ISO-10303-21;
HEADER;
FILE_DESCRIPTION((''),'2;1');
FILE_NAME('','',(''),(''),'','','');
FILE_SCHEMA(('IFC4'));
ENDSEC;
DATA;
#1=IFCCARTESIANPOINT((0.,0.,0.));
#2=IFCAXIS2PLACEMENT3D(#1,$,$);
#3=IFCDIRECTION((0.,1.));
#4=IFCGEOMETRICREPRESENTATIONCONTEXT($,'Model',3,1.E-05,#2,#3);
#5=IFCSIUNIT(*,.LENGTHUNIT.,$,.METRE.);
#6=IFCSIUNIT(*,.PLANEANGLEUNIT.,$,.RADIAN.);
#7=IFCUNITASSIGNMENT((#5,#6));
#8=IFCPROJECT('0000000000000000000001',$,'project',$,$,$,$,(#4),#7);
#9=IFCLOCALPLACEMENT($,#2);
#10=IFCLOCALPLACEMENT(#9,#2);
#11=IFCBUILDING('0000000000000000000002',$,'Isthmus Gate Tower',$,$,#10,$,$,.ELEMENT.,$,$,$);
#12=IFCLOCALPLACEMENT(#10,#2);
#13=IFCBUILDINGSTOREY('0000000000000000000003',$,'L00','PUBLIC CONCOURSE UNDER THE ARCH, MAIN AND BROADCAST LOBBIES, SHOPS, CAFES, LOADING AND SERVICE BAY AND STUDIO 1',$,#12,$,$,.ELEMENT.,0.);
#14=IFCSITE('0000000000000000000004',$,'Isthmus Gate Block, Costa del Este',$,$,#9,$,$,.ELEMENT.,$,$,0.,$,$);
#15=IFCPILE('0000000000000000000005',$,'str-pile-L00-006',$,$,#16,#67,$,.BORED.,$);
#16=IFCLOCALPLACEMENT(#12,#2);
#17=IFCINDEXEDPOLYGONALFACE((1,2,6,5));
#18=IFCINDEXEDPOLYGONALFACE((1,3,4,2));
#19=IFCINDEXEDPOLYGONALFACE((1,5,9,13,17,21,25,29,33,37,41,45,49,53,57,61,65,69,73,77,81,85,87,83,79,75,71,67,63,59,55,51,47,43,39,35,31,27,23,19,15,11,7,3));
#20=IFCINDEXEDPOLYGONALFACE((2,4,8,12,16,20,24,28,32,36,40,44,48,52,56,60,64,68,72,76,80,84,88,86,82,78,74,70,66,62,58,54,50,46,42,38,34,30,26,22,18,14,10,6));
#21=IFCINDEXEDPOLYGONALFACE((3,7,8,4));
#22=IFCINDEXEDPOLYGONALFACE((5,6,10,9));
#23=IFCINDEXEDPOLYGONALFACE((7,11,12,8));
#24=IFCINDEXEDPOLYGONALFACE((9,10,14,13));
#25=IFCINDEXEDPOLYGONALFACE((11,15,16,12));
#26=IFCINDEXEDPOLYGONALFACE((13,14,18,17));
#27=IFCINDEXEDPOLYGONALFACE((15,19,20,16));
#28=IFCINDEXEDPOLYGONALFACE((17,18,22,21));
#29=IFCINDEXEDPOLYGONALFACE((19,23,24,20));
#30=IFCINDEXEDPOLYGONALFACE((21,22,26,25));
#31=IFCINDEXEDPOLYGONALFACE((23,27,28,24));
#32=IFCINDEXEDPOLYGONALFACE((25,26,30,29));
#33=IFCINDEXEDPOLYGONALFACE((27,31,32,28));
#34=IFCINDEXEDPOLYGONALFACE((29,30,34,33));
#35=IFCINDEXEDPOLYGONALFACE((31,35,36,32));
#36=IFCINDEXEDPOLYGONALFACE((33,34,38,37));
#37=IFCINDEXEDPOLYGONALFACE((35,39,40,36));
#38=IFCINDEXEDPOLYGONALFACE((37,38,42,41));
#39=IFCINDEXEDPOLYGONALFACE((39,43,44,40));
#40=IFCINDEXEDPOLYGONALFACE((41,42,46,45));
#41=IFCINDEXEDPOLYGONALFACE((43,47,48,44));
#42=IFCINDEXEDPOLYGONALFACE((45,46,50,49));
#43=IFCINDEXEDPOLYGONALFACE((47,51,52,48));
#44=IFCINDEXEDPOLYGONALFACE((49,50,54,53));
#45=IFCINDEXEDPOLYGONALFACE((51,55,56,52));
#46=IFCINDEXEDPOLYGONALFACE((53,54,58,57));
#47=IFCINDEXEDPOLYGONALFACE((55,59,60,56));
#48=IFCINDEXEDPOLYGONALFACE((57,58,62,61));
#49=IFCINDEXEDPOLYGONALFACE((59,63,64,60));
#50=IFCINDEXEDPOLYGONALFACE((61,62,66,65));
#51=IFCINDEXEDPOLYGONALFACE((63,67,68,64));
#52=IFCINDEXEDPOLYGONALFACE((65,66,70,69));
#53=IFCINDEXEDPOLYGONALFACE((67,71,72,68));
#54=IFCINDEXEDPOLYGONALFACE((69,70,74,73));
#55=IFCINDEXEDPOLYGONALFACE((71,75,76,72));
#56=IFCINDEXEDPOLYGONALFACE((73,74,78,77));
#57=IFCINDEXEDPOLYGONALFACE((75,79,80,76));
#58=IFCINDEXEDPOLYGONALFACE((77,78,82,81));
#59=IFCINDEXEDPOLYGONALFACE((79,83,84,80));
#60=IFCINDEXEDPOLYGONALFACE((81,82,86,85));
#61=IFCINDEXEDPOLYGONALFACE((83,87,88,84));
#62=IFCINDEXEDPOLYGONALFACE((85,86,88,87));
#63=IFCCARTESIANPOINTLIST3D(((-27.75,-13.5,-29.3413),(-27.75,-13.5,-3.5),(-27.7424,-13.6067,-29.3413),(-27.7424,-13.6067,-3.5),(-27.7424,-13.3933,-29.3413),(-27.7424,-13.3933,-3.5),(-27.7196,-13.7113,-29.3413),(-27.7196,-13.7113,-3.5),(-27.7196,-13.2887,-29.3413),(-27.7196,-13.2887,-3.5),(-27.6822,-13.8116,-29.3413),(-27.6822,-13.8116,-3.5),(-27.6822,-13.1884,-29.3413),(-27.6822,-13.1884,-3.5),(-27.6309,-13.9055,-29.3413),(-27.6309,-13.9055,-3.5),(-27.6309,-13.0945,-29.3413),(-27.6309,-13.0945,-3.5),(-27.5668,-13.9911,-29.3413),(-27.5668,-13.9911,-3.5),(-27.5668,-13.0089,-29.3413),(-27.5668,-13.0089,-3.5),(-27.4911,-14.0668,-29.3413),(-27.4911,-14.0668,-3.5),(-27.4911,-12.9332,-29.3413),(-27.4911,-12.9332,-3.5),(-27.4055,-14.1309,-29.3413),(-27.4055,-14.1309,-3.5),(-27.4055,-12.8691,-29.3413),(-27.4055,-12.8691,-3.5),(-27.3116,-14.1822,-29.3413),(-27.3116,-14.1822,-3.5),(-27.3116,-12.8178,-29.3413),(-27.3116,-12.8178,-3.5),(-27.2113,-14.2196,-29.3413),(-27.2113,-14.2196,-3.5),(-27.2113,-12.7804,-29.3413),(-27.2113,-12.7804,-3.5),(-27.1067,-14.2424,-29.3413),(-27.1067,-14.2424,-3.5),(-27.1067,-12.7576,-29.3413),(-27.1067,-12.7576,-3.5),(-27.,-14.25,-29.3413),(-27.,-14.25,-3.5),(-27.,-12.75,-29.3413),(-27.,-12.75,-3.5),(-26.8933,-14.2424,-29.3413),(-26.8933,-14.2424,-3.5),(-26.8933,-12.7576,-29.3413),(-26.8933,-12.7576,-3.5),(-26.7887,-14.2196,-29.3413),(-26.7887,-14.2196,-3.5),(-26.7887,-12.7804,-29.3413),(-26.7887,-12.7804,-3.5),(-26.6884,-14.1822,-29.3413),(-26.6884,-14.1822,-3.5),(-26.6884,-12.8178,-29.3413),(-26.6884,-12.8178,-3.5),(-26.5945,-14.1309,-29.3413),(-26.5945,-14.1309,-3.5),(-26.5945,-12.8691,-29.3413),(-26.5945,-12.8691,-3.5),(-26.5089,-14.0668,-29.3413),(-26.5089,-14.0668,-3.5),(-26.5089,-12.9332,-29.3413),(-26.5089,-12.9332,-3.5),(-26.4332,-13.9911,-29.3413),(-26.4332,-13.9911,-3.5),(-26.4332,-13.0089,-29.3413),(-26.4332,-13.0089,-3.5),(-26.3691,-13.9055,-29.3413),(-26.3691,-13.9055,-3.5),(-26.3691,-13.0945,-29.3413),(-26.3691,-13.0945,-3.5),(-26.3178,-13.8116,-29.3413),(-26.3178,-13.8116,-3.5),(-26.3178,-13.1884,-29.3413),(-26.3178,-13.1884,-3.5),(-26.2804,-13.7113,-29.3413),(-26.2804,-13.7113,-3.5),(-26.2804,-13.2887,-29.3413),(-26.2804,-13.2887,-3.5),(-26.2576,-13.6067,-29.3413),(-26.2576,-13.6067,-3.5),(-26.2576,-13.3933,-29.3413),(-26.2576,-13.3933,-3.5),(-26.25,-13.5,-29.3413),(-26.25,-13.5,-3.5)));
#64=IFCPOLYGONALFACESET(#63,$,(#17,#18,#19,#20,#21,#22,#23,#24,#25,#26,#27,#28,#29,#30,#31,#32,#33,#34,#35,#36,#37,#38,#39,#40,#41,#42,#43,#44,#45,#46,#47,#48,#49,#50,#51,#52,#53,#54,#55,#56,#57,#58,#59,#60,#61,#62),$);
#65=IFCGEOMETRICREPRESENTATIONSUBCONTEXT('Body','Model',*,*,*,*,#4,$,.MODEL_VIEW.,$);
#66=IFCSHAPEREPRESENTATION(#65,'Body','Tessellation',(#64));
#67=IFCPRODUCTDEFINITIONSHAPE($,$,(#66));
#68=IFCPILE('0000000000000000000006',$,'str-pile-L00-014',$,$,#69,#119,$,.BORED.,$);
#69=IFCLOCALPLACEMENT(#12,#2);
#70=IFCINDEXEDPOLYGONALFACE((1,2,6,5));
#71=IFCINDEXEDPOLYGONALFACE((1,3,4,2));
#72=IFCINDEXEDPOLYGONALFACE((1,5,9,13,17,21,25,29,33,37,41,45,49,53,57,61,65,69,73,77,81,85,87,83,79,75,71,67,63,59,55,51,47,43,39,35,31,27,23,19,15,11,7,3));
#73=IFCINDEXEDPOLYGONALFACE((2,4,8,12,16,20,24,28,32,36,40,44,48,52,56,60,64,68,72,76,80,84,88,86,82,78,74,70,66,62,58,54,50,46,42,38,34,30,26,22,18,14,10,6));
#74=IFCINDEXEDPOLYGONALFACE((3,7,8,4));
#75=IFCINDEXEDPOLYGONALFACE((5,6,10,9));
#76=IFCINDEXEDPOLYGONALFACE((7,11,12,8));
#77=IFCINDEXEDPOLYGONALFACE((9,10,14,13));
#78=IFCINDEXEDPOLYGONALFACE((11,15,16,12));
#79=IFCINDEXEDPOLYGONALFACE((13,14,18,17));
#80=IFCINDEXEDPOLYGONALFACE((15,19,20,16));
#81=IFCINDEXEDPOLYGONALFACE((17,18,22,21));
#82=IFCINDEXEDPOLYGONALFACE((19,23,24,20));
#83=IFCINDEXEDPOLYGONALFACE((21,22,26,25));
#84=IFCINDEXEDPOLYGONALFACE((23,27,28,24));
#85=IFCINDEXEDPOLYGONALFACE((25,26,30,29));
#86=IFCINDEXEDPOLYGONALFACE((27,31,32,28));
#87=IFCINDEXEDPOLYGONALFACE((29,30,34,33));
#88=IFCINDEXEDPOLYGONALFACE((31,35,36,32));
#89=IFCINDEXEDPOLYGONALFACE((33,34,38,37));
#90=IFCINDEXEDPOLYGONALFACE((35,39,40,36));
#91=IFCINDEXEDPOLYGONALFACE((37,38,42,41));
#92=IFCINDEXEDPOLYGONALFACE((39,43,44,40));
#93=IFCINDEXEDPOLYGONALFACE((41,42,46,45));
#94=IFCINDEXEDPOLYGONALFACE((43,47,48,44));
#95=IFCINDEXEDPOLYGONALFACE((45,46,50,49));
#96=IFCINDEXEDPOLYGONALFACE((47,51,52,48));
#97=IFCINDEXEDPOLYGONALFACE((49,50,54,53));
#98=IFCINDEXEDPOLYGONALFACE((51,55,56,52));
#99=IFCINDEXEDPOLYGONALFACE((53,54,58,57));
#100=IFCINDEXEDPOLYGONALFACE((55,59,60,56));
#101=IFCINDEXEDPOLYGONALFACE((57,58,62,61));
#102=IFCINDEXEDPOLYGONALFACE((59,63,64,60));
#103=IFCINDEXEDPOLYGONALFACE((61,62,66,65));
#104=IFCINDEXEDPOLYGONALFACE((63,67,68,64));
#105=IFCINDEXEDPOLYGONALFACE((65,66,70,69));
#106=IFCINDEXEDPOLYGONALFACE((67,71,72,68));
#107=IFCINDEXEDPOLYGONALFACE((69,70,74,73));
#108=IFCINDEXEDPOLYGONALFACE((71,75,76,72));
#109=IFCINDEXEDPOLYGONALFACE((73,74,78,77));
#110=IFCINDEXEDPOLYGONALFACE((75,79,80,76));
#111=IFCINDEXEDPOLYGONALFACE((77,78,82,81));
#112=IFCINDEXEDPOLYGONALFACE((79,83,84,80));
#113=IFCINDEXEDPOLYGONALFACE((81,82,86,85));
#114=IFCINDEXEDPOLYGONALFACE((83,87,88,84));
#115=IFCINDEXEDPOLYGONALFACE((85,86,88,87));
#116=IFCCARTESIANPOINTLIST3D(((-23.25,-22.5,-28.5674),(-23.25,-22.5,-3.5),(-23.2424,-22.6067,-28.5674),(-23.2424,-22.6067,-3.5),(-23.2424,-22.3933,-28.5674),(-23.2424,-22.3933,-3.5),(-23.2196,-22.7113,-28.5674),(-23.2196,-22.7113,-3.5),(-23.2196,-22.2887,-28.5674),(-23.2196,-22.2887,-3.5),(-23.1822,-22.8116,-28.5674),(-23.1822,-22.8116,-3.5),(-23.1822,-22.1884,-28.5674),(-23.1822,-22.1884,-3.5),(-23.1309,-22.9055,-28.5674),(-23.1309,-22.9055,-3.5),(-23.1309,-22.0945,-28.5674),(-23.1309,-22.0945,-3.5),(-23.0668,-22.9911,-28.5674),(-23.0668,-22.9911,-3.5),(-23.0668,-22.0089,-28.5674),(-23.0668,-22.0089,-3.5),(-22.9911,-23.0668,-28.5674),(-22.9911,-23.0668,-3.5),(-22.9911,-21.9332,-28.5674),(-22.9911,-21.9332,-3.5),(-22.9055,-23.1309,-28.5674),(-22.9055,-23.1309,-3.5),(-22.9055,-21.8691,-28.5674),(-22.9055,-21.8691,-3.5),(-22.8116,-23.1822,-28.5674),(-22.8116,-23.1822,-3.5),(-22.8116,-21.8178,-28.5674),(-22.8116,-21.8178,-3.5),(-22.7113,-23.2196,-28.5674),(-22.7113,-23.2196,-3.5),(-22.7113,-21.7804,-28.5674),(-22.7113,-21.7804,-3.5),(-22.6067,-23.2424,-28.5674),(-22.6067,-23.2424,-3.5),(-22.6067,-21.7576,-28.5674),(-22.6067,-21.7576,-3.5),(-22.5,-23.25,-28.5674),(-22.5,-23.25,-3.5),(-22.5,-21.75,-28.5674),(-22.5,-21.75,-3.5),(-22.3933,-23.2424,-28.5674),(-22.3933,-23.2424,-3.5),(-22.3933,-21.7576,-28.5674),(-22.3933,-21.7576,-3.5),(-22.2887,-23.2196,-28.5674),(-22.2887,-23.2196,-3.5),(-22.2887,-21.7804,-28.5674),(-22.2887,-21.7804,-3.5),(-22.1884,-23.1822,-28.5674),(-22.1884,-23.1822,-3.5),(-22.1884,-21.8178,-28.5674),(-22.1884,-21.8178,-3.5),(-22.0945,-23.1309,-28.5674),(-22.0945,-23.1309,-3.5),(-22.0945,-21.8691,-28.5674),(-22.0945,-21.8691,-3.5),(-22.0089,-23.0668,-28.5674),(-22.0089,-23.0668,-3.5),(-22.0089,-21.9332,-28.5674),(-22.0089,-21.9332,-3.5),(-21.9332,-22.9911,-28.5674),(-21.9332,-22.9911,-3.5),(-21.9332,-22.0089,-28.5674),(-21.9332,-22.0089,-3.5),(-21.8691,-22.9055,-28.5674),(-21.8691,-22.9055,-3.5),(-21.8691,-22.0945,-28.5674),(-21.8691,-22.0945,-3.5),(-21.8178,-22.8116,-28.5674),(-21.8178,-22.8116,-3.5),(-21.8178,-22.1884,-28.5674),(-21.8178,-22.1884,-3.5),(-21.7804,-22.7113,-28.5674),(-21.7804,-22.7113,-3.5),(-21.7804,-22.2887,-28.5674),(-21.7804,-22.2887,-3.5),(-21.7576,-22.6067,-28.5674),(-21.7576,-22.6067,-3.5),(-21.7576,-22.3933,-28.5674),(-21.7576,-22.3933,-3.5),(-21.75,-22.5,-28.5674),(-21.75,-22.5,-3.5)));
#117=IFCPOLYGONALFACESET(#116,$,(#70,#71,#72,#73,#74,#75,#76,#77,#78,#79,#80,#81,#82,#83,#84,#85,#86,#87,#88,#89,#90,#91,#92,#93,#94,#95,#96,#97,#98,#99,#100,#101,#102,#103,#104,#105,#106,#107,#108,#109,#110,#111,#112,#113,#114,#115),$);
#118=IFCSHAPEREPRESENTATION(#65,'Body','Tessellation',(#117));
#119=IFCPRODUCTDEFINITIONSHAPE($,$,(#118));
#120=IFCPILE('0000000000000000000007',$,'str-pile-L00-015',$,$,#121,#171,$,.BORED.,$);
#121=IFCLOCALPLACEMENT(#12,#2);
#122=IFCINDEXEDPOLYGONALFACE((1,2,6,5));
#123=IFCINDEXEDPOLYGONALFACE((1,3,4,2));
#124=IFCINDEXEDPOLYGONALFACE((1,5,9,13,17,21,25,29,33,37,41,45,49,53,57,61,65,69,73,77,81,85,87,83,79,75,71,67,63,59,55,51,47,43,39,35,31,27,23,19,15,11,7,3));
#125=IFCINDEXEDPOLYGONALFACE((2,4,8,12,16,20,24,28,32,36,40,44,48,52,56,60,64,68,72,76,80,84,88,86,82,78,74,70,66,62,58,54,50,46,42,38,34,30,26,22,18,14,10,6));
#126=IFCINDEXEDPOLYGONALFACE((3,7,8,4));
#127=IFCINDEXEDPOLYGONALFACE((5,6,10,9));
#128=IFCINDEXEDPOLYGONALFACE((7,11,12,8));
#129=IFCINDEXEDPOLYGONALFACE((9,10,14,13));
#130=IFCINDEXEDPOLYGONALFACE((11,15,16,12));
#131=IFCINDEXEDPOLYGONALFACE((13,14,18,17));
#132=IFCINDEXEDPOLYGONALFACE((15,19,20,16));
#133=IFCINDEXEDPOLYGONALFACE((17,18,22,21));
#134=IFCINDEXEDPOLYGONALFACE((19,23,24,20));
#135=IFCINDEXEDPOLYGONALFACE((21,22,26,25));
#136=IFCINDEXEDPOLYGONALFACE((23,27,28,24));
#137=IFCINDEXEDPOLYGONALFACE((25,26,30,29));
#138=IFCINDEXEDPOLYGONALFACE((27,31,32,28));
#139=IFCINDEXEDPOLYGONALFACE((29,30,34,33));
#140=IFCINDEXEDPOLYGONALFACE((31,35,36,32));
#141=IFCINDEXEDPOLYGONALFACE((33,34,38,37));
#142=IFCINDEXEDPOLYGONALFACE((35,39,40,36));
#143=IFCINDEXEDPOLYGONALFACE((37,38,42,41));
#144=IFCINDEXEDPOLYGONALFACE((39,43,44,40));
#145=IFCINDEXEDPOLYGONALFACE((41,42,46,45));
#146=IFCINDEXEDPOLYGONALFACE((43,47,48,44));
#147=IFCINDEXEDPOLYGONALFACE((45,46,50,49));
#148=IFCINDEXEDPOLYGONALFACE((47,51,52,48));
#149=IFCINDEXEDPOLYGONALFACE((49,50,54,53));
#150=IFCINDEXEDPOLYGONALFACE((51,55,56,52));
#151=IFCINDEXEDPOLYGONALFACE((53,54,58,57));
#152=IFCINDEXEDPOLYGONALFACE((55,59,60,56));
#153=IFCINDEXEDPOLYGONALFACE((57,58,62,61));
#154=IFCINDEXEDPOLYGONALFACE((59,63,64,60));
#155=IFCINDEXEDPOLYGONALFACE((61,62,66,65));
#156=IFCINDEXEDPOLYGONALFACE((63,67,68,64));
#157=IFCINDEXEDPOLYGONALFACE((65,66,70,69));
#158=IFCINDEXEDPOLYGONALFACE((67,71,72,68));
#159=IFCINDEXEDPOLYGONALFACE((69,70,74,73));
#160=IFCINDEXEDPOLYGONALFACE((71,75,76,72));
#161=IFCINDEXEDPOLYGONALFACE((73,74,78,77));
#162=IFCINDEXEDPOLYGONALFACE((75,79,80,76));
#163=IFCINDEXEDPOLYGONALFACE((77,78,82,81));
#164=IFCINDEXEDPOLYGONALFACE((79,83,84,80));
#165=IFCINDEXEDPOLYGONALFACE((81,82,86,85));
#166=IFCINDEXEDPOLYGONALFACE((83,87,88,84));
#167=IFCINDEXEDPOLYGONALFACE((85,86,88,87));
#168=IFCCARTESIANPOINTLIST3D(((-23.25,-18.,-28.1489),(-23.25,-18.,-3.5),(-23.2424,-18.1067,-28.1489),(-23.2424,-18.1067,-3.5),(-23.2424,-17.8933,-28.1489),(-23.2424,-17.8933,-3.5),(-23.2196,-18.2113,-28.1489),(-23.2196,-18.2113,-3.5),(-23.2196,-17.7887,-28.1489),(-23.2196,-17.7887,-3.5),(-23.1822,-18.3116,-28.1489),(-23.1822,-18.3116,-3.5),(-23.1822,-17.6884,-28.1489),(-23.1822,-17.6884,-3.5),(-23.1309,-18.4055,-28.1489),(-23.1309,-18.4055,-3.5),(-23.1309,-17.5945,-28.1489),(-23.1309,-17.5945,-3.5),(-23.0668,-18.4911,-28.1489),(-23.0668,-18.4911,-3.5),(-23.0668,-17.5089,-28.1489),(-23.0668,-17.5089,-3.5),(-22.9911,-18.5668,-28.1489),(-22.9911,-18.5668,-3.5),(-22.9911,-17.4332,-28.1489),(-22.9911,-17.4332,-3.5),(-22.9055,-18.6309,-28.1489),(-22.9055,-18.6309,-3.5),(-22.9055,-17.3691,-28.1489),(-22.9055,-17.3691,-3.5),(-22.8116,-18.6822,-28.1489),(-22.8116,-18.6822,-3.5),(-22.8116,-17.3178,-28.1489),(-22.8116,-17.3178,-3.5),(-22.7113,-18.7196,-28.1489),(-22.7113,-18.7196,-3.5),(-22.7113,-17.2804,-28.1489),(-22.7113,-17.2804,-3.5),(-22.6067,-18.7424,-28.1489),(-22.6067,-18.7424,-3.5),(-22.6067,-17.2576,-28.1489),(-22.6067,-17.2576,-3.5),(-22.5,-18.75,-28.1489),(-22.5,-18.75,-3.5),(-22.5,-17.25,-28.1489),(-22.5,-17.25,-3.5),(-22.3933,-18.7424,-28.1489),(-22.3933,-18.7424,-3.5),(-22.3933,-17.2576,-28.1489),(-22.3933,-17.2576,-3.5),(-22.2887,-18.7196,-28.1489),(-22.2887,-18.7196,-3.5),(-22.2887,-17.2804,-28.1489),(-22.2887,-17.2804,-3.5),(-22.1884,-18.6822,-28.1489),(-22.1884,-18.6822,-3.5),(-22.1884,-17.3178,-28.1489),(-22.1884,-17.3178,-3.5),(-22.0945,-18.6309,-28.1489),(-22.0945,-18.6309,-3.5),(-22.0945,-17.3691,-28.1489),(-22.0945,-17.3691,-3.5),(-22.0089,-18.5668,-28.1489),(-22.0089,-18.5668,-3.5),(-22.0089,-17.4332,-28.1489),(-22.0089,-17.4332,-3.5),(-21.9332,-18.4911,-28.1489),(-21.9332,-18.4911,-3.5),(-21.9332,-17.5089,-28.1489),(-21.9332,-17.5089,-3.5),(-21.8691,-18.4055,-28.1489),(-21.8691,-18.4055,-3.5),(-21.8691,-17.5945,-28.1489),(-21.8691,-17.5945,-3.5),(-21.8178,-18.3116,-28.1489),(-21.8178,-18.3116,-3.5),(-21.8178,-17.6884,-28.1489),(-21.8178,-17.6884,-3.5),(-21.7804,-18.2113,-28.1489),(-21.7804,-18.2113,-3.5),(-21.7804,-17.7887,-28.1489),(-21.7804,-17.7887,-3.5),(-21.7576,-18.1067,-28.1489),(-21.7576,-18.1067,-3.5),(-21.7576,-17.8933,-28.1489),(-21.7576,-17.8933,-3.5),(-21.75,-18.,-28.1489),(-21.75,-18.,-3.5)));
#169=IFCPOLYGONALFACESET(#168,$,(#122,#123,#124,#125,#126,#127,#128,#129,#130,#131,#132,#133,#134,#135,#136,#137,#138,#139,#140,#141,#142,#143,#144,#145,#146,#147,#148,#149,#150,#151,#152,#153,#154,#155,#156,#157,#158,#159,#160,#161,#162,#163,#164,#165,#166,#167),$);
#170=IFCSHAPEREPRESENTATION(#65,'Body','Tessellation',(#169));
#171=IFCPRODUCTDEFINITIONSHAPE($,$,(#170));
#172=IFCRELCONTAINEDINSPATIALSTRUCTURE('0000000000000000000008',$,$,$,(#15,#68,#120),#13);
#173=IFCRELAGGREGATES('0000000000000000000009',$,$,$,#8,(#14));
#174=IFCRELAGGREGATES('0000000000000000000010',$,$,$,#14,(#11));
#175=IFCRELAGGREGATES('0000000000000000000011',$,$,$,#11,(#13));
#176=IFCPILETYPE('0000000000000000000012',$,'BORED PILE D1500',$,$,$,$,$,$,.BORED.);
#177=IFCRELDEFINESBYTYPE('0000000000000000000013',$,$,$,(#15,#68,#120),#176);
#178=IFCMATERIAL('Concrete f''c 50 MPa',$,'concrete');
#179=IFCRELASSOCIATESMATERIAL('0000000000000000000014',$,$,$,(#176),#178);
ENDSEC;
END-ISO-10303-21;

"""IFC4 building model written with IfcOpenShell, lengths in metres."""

from ifc_helpers import new_model, si_unit, direction, frame, origin, origin_2d, place, context, subcontext, project, spatial, circle, extrude, material, material_profile, profile_set, type_object, element, save


model = new_model("IFC4")

# Units and contexts
model_context = context("Model", 3, precision=1e-05, world=origin(), true_north=direction((0.0, 1.0)))
body_context = subcontext(model_context, "Body", "Model", "MODEL_VIEW")
ifc_project = project(units=[si_unit("LENGTHUNIT", "METRE"), si_unit("PLANEANGLEUNIT", "RADIAN")], contexts=[model_context])

# Site, building, storey
site_placement = place(None, origin())
site = spatial("IfcSite", under=ifc_project, at=site_placement, Name="Isthmus Gate Block, Costa del Este", CompositionType="ELEMENT", RefElevation=0.0)
building_placement = place(site_placement, origin())
building = spatial("IfcBuilding", under=site, at=building_placement, Name="Isthmus Gate Tower", CompositionType="ELEMENT")
storey_placement = place(building_placement, origin())
storey = spatial("IfcBuildingStorey", under=building, at=storey_placement, Name="L00", Description="PUBLIC CONCOURSE UNDER THE ARCH, MAIN AND BROADCAST LOBBIES, SHOPS, CAFES, LOADING AND SERVICE BAY AND STUDIO 1", CompositionType="ELEMENT", Elevation=0.0)

# Piles
ifc_material_1 = material(Name="Concrete f'c 50 MPa", Category="concrete")
ifc_material_profile_1 = material_profile(ifc_material_1, circle(Radius=0.75, at=origin_2d()), Name="D1500")
ifc_profile_set_1 = profile_set([ifc_material_profile_1], Name="Concrete f'c 50 MPa")
pile_type_1 = type_object("IfcPileType", Name="BORED PILE D1500", PredefinedType="BORED", material=ifc_profile_set_1)
pile_1_placement = place(storey_placement, frame((-27.0, -13.5, -3.5), z_axis=(0.0, 0.0, -1.0), x_axis=(1.0, 0.0, 0.0)))
element("IfcPile", 1, at=pile_1_placement, inside=storey, type_object=pile_type_1, Name="str-pile-L00-006", PredefinedType="BORED", context=body_context, shape_type="SweptSolid", body=[
    extrude(circle(Radius=0.75, at=origin_2d()), origin(), (0.0, 0.0, 1.0), 25.8413),
])
pile_2_placement = place(storey_placement, frame((-22.5, -22.5, -3.5), z_axis=(0.0, 0.0, -1.0), x_axis=(1.0, 0.0, 0.0)))
element("IfcPile", 2, at=pile_2_placement, inside=storey, type_object=pile_type_1, Name="str-pile-L00-014", PredefinedType="BORED", context=body_context, shape_type="SweptSolid", body=[
    extrude(circle(Radius=0.75, at=origin_2d()), origin(), (0.0, 0.0, 1.0), 25.0674),
])
pile_3_placement = place(storey_placement, frame((-22.5, -18.0, -3.5), z_axis=(0.0, 0.0, -1.0), x_axis=(1.0, 0.0, 0.0)))
element("IfcPile", 3, at=pile_3_placement, inside=storey, type_object=pile_type_1, Name="str-pile-L00-015", PredefinedType="BORED", context=body_context, shape_type="SweptSolid", body=[
    extrude(circle(Radius=0.75, at=origin_2d()), origin(), (0.0, 0.0, 1.0), 24.6489),
])

save(model, "model.ifc")
